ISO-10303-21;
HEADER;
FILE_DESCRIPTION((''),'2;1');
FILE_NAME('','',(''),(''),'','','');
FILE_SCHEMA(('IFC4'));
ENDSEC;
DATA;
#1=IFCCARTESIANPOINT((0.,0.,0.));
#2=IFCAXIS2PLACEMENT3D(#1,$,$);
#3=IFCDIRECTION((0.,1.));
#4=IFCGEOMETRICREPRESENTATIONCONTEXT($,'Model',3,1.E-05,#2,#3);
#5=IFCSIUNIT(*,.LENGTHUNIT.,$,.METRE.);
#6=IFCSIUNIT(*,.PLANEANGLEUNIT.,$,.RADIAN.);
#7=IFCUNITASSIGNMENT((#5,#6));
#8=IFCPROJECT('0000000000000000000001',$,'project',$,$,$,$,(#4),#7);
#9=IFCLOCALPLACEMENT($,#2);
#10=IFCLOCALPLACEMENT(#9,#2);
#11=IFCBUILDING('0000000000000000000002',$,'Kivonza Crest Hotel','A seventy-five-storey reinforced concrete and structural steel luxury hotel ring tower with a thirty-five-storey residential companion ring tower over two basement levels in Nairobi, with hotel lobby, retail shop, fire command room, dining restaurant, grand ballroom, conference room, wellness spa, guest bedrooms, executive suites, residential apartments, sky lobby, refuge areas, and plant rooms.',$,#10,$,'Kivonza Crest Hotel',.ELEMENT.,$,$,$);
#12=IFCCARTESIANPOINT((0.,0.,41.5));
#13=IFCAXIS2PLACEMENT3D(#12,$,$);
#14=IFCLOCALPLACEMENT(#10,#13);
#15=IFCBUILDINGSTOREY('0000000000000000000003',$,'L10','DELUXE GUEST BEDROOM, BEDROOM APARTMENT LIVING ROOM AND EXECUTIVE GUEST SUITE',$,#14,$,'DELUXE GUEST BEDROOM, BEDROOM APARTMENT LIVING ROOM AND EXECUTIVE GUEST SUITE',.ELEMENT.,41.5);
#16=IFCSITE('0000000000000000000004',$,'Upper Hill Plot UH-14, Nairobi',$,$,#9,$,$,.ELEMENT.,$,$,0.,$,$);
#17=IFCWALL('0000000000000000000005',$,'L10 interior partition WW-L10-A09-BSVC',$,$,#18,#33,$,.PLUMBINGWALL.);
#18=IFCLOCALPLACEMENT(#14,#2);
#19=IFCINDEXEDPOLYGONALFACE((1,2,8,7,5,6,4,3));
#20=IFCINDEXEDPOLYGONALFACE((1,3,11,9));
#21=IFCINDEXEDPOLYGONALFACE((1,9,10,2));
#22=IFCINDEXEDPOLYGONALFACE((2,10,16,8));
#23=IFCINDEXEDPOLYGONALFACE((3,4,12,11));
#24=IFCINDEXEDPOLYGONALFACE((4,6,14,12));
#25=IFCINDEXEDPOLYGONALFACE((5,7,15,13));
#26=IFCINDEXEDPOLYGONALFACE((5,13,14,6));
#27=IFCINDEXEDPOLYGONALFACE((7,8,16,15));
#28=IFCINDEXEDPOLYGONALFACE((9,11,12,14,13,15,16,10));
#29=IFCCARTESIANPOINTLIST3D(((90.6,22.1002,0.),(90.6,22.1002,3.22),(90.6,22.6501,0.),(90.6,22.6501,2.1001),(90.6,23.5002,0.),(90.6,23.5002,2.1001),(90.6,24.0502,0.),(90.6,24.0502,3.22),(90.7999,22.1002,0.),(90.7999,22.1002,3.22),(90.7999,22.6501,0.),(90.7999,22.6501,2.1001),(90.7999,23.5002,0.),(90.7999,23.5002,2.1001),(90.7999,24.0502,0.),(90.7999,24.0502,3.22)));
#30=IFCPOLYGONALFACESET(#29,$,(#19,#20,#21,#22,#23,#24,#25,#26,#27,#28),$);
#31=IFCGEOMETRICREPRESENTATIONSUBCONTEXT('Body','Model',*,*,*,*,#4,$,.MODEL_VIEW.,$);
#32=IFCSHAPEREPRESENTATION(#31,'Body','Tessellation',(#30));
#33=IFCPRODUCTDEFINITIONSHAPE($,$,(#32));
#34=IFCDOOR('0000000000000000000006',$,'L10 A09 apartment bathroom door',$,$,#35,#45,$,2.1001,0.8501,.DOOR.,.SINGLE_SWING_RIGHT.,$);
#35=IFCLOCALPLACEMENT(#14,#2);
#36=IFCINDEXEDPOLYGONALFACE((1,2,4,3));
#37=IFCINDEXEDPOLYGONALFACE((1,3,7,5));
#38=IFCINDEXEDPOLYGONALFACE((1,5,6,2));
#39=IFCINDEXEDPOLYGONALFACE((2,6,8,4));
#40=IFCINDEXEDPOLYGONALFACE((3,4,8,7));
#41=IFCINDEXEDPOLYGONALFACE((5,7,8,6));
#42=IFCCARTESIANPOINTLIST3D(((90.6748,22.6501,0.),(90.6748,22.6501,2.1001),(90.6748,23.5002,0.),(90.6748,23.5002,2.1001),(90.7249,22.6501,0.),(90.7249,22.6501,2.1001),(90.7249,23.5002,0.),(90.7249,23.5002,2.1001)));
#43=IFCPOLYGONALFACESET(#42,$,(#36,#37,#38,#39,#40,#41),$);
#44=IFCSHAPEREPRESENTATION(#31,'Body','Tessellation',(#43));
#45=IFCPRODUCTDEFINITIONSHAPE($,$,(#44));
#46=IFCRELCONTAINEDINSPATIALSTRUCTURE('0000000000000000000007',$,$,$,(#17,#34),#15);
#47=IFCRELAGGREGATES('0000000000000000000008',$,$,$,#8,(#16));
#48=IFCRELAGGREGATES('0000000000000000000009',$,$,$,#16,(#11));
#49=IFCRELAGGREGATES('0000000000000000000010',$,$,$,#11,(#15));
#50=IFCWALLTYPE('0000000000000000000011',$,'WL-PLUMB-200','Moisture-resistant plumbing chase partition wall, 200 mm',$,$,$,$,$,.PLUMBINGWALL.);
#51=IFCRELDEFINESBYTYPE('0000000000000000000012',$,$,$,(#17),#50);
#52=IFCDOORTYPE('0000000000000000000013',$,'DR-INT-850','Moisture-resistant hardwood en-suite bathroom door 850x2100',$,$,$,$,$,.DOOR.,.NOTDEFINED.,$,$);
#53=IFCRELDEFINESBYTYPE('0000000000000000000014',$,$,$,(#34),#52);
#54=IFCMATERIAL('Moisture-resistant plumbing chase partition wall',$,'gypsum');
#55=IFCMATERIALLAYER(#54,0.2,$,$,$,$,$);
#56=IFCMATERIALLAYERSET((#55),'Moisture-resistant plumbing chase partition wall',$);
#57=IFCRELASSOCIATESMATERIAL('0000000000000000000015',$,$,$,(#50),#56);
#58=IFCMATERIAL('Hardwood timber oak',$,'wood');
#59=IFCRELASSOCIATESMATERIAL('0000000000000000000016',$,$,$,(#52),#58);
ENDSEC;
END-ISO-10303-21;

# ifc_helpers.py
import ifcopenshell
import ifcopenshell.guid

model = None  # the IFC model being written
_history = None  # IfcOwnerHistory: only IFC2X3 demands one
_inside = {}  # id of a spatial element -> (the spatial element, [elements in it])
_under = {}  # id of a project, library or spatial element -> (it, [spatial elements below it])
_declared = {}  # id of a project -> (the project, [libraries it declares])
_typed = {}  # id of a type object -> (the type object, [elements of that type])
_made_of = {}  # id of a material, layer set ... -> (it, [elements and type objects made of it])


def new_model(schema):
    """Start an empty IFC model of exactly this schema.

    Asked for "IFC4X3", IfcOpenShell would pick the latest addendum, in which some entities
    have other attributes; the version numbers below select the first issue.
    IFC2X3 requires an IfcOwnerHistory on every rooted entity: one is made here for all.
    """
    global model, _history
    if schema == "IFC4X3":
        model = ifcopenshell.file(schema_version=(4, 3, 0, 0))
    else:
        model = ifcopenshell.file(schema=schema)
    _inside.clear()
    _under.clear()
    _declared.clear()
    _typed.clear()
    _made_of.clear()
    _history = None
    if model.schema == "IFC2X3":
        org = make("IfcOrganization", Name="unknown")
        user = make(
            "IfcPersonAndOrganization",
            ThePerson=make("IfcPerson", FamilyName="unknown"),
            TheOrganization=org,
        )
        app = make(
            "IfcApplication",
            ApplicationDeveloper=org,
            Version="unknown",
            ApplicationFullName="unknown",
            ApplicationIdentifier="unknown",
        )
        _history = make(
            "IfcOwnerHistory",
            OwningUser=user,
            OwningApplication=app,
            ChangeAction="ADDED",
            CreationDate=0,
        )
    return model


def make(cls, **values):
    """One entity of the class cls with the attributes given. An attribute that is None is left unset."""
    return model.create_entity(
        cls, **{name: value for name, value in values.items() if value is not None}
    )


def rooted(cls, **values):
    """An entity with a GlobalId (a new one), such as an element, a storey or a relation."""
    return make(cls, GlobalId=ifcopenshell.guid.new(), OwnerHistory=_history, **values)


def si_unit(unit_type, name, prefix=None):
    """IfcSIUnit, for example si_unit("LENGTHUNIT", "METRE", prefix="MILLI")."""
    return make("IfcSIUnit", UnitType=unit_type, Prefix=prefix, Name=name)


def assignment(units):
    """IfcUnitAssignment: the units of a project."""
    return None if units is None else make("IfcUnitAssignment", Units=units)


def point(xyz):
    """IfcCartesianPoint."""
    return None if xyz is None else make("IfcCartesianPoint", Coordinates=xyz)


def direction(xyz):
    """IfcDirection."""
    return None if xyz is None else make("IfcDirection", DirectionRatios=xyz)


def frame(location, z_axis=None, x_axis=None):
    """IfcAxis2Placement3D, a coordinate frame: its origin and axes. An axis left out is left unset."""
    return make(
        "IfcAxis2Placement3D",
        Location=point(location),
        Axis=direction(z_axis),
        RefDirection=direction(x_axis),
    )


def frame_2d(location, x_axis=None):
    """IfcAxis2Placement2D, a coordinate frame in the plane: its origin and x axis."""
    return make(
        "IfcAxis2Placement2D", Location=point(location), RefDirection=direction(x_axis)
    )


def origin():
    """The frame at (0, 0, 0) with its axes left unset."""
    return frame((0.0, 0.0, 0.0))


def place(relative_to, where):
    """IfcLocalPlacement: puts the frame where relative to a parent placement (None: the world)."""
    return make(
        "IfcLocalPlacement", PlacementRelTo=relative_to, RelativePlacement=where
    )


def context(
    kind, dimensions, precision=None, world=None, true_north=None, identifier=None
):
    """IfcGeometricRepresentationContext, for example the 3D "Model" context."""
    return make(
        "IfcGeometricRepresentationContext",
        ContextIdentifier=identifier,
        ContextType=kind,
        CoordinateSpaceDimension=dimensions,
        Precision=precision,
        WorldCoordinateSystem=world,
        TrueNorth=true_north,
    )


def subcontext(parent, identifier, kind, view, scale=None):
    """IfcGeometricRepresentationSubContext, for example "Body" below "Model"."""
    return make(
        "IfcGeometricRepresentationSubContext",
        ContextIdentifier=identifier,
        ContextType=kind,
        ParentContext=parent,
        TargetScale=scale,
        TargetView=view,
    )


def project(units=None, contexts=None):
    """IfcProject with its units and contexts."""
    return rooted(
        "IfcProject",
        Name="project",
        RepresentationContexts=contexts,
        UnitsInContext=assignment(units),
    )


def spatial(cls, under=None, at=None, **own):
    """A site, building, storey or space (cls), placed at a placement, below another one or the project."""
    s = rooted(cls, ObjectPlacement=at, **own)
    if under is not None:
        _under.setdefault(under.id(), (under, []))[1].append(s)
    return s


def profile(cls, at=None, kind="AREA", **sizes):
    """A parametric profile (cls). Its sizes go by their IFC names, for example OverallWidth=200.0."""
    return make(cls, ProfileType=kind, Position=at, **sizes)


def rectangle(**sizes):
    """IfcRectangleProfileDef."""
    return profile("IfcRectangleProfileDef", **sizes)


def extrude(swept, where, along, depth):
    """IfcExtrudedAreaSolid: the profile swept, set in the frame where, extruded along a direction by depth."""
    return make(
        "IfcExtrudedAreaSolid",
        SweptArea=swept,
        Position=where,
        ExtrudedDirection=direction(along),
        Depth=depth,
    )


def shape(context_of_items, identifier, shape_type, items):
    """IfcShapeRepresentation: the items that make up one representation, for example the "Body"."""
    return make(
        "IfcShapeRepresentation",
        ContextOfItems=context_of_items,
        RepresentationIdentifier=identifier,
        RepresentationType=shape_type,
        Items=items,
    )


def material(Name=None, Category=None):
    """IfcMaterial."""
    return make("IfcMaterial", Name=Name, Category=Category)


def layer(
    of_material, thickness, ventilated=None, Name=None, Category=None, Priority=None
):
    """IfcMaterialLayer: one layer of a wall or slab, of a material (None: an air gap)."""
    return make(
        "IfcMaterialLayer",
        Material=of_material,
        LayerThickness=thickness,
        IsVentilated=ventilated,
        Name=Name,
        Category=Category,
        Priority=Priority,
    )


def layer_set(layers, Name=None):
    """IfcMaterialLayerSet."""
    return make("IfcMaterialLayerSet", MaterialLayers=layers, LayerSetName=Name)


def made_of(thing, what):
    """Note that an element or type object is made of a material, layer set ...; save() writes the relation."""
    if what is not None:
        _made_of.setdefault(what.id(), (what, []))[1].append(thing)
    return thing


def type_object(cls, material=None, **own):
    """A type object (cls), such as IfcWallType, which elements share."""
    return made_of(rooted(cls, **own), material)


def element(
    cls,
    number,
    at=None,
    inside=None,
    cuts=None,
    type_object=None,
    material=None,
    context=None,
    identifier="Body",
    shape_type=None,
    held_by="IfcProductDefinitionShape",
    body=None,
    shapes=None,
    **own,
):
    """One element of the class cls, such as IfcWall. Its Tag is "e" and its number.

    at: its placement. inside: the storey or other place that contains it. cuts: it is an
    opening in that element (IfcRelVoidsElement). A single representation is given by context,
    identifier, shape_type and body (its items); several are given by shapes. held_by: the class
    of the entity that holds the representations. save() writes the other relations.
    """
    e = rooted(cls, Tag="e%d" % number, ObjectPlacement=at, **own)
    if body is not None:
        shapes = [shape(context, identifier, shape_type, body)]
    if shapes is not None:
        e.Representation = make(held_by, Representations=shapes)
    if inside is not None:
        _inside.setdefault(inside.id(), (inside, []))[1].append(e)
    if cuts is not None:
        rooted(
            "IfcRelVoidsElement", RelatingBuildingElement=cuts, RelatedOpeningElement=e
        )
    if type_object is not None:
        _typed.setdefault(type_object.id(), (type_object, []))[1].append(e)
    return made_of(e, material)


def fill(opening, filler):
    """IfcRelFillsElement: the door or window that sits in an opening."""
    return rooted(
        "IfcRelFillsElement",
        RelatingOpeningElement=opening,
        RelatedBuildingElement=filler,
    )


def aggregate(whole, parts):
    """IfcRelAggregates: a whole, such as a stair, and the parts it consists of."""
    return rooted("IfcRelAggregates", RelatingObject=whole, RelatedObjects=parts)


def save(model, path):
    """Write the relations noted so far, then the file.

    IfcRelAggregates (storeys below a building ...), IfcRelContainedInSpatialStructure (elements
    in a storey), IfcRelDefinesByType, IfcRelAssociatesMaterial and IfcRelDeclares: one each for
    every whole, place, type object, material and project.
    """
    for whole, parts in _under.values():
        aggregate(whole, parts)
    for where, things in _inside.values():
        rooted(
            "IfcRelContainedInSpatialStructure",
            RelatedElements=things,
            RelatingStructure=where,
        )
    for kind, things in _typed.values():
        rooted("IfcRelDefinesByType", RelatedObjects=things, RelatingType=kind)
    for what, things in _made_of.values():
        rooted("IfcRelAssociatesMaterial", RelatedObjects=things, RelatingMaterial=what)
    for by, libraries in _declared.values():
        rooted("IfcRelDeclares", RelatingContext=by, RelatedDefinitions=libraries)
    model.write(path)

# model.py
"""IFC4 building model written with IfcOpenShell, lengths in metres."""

from ifc_helpers import new_model, si_unit, direction, frame, frame_2d, origin, place, context, subcontext, project, spatial, rectangle, extrude, material, layer, layer_set, type_object, element, fill, save


model = new_model("IFC4")

# Units and contexts
model_context = context("Model", 3, precision=1e-05, world=origin(), true_north=direction((0.0, 1.0)))
body_context = subcontext(model_context, "Body", "Model", "MODEL_VIEW")
ifc_project = project(units=[si_unit("LENGTHUNIT", "METRE"), si_unit("PLANEANGLEUNIT", "RADIAN")], contexts=[model_context])

# Site, building, storey
site_placement = place(None, origin())
site = spatial("IfcSite", under=ifc_project, at=site_placement, Name="Upper Hill Plot UH-14, Nairobi", CompositionType="ELEMENT", RefElevation=0.0)
building_placement = place(site_placement, origin())
building = spatial("IfcBuilding", under=site, at=building_placement, Name="Kivonza Crest Hotel", Description="A seventy-five-storey reinforced concrete and structural steel luxury hotel ring tower with a thirty-five-storey residential companion ring tower over two basement levels in Nairobi, with hotel lobby, retail shop, fire command room, dining restaurant, grand ballroom, conference room, wellness spa, guest bedrooms, executive suites, residential apartments, sky lobby, refuge areas, and plant rooms.", LongName="Kivonza Crest Hotel", CompositionType="ELEMENT")
storey_placement = place(building_placement, frame((0.0, 0.0, 41.5)))
storey = spatial("IfcBuildingStorey", under=building, at=storey_placement, Name="L10", Description="DELUXE GUEST BEDROOM, BEDROOM APARTMENT LIVING ROOM AND EXECUTIVE GUEST SUITE", LongName="DELUXE GUEST BEDROOM, BEDROOM APARTMENT LIVING ROOM AND EXECUTIVE GUEST SUITE", CompositionType="ELEMENT", Elevation=41.5)

# Shared definitions
ifc_material_1 = material(Name="Hardwood timber oak", Category="wood")

# Shared definitions
ifc_material_2 = material(Name="Moisture-resistant plumbing chase partition wall", Category="gypsum")
ifc_layer_1 = layer(ifc_material_2, 0.2)
ifc_layer_set_1 = layer_set([ifc_layer_1], Name="Moisture-resistant plumbing chase partition wall")
wall_type_1 = type_object("IfcWallType", Name="WL-PLUMB-200", Description="Moisture-resistant plumbing chase partition wall, 200 mm", PredefinedType="PLUMBINGWALL", material=ifc_layer_set_1)

# Wall, opening, door
wall_1_placement = place(storey_placement, frame((90.7, 22.1001, 0.0), z_axis=(0.0, 0.0, 1.0), x_axis=(0.0, 1.0, 0.0)))
wall_1 = element("IfcWall", 1, at=wall_1_placement, inside=storey, type_object=wall_type_1, Name="L10 interior partition WW-L10-A09-BSVC", PredefinedType="PLUMBINGWALL", context=body_context, shape_type="SweptSolid", body=[
    extrude(rectangle(XDim=1.95, YDim=0.2, at=frame_2d((0.9751, 0.0))), origin(), (0.0, 0.0, 1.0), 3.22),
])
opening_1_placement = place(wall_1_placement, frame((0.55, 0.0, 0.0)))
opening_1 = element("IfcOpeningElement", 2, at=opening_1_placement, cuts=wall_1, PredefinedType="OPENING", context=body_context, shape_type="SweptSolid", body=[
    extrude(rectangle(XDim=0.8501, YDim=2.1001, at=frame_2d((0.425, 1.05))), frame((0.0, 0.1099, 0.0), z_axis=(0.0, -1.0, 0.0), x_axis=(1.0, 0.0, 0.0)), (0.0, 0.0, 1.0), 0.22),
])
door_type_1 = type_object("IfcDoorType", Name="DR-INT-850", Description="Moisture-resistant hardwood en-suite bathroom door 850x2100", OperationType="NOTDEFINED", PredefinedType="DOOR", material=ifc_material_1)
door_1_placement = place(opening_1_placement, frame((0.8501, 0.0, 0.0), z_axis=(0.0, 0.0, 1.0), x_axis=(-1.0, 0.0, 0.0)))
door_1 = element("IfcDoor", 3, at=door_1_placement, inside=storey, type_object=door_type_1, Name="L10 A09 apartment bathroom door", OperationType="SINGLE_SWING_RIGHT", OverallHeight=2.1001, OverallWidth=0.8501, PredefinedType="DOOR", context=body_context, shape_type="SweptSolid", body=[
    extrude(rectangle(XDim=0.8501, YDim=2.1001, at=frame_2d((0.425, 1.05))), frame((0.0, 0.0249, 0.0), z_axis=(0.0, -1.0, 0.0), x_axis=(1.0, 0.0, 0.0)), (0.0, 0.0, 1.0), 0.05),
])
fill(opening_1, door_1)

save(model, "model.ifc")
